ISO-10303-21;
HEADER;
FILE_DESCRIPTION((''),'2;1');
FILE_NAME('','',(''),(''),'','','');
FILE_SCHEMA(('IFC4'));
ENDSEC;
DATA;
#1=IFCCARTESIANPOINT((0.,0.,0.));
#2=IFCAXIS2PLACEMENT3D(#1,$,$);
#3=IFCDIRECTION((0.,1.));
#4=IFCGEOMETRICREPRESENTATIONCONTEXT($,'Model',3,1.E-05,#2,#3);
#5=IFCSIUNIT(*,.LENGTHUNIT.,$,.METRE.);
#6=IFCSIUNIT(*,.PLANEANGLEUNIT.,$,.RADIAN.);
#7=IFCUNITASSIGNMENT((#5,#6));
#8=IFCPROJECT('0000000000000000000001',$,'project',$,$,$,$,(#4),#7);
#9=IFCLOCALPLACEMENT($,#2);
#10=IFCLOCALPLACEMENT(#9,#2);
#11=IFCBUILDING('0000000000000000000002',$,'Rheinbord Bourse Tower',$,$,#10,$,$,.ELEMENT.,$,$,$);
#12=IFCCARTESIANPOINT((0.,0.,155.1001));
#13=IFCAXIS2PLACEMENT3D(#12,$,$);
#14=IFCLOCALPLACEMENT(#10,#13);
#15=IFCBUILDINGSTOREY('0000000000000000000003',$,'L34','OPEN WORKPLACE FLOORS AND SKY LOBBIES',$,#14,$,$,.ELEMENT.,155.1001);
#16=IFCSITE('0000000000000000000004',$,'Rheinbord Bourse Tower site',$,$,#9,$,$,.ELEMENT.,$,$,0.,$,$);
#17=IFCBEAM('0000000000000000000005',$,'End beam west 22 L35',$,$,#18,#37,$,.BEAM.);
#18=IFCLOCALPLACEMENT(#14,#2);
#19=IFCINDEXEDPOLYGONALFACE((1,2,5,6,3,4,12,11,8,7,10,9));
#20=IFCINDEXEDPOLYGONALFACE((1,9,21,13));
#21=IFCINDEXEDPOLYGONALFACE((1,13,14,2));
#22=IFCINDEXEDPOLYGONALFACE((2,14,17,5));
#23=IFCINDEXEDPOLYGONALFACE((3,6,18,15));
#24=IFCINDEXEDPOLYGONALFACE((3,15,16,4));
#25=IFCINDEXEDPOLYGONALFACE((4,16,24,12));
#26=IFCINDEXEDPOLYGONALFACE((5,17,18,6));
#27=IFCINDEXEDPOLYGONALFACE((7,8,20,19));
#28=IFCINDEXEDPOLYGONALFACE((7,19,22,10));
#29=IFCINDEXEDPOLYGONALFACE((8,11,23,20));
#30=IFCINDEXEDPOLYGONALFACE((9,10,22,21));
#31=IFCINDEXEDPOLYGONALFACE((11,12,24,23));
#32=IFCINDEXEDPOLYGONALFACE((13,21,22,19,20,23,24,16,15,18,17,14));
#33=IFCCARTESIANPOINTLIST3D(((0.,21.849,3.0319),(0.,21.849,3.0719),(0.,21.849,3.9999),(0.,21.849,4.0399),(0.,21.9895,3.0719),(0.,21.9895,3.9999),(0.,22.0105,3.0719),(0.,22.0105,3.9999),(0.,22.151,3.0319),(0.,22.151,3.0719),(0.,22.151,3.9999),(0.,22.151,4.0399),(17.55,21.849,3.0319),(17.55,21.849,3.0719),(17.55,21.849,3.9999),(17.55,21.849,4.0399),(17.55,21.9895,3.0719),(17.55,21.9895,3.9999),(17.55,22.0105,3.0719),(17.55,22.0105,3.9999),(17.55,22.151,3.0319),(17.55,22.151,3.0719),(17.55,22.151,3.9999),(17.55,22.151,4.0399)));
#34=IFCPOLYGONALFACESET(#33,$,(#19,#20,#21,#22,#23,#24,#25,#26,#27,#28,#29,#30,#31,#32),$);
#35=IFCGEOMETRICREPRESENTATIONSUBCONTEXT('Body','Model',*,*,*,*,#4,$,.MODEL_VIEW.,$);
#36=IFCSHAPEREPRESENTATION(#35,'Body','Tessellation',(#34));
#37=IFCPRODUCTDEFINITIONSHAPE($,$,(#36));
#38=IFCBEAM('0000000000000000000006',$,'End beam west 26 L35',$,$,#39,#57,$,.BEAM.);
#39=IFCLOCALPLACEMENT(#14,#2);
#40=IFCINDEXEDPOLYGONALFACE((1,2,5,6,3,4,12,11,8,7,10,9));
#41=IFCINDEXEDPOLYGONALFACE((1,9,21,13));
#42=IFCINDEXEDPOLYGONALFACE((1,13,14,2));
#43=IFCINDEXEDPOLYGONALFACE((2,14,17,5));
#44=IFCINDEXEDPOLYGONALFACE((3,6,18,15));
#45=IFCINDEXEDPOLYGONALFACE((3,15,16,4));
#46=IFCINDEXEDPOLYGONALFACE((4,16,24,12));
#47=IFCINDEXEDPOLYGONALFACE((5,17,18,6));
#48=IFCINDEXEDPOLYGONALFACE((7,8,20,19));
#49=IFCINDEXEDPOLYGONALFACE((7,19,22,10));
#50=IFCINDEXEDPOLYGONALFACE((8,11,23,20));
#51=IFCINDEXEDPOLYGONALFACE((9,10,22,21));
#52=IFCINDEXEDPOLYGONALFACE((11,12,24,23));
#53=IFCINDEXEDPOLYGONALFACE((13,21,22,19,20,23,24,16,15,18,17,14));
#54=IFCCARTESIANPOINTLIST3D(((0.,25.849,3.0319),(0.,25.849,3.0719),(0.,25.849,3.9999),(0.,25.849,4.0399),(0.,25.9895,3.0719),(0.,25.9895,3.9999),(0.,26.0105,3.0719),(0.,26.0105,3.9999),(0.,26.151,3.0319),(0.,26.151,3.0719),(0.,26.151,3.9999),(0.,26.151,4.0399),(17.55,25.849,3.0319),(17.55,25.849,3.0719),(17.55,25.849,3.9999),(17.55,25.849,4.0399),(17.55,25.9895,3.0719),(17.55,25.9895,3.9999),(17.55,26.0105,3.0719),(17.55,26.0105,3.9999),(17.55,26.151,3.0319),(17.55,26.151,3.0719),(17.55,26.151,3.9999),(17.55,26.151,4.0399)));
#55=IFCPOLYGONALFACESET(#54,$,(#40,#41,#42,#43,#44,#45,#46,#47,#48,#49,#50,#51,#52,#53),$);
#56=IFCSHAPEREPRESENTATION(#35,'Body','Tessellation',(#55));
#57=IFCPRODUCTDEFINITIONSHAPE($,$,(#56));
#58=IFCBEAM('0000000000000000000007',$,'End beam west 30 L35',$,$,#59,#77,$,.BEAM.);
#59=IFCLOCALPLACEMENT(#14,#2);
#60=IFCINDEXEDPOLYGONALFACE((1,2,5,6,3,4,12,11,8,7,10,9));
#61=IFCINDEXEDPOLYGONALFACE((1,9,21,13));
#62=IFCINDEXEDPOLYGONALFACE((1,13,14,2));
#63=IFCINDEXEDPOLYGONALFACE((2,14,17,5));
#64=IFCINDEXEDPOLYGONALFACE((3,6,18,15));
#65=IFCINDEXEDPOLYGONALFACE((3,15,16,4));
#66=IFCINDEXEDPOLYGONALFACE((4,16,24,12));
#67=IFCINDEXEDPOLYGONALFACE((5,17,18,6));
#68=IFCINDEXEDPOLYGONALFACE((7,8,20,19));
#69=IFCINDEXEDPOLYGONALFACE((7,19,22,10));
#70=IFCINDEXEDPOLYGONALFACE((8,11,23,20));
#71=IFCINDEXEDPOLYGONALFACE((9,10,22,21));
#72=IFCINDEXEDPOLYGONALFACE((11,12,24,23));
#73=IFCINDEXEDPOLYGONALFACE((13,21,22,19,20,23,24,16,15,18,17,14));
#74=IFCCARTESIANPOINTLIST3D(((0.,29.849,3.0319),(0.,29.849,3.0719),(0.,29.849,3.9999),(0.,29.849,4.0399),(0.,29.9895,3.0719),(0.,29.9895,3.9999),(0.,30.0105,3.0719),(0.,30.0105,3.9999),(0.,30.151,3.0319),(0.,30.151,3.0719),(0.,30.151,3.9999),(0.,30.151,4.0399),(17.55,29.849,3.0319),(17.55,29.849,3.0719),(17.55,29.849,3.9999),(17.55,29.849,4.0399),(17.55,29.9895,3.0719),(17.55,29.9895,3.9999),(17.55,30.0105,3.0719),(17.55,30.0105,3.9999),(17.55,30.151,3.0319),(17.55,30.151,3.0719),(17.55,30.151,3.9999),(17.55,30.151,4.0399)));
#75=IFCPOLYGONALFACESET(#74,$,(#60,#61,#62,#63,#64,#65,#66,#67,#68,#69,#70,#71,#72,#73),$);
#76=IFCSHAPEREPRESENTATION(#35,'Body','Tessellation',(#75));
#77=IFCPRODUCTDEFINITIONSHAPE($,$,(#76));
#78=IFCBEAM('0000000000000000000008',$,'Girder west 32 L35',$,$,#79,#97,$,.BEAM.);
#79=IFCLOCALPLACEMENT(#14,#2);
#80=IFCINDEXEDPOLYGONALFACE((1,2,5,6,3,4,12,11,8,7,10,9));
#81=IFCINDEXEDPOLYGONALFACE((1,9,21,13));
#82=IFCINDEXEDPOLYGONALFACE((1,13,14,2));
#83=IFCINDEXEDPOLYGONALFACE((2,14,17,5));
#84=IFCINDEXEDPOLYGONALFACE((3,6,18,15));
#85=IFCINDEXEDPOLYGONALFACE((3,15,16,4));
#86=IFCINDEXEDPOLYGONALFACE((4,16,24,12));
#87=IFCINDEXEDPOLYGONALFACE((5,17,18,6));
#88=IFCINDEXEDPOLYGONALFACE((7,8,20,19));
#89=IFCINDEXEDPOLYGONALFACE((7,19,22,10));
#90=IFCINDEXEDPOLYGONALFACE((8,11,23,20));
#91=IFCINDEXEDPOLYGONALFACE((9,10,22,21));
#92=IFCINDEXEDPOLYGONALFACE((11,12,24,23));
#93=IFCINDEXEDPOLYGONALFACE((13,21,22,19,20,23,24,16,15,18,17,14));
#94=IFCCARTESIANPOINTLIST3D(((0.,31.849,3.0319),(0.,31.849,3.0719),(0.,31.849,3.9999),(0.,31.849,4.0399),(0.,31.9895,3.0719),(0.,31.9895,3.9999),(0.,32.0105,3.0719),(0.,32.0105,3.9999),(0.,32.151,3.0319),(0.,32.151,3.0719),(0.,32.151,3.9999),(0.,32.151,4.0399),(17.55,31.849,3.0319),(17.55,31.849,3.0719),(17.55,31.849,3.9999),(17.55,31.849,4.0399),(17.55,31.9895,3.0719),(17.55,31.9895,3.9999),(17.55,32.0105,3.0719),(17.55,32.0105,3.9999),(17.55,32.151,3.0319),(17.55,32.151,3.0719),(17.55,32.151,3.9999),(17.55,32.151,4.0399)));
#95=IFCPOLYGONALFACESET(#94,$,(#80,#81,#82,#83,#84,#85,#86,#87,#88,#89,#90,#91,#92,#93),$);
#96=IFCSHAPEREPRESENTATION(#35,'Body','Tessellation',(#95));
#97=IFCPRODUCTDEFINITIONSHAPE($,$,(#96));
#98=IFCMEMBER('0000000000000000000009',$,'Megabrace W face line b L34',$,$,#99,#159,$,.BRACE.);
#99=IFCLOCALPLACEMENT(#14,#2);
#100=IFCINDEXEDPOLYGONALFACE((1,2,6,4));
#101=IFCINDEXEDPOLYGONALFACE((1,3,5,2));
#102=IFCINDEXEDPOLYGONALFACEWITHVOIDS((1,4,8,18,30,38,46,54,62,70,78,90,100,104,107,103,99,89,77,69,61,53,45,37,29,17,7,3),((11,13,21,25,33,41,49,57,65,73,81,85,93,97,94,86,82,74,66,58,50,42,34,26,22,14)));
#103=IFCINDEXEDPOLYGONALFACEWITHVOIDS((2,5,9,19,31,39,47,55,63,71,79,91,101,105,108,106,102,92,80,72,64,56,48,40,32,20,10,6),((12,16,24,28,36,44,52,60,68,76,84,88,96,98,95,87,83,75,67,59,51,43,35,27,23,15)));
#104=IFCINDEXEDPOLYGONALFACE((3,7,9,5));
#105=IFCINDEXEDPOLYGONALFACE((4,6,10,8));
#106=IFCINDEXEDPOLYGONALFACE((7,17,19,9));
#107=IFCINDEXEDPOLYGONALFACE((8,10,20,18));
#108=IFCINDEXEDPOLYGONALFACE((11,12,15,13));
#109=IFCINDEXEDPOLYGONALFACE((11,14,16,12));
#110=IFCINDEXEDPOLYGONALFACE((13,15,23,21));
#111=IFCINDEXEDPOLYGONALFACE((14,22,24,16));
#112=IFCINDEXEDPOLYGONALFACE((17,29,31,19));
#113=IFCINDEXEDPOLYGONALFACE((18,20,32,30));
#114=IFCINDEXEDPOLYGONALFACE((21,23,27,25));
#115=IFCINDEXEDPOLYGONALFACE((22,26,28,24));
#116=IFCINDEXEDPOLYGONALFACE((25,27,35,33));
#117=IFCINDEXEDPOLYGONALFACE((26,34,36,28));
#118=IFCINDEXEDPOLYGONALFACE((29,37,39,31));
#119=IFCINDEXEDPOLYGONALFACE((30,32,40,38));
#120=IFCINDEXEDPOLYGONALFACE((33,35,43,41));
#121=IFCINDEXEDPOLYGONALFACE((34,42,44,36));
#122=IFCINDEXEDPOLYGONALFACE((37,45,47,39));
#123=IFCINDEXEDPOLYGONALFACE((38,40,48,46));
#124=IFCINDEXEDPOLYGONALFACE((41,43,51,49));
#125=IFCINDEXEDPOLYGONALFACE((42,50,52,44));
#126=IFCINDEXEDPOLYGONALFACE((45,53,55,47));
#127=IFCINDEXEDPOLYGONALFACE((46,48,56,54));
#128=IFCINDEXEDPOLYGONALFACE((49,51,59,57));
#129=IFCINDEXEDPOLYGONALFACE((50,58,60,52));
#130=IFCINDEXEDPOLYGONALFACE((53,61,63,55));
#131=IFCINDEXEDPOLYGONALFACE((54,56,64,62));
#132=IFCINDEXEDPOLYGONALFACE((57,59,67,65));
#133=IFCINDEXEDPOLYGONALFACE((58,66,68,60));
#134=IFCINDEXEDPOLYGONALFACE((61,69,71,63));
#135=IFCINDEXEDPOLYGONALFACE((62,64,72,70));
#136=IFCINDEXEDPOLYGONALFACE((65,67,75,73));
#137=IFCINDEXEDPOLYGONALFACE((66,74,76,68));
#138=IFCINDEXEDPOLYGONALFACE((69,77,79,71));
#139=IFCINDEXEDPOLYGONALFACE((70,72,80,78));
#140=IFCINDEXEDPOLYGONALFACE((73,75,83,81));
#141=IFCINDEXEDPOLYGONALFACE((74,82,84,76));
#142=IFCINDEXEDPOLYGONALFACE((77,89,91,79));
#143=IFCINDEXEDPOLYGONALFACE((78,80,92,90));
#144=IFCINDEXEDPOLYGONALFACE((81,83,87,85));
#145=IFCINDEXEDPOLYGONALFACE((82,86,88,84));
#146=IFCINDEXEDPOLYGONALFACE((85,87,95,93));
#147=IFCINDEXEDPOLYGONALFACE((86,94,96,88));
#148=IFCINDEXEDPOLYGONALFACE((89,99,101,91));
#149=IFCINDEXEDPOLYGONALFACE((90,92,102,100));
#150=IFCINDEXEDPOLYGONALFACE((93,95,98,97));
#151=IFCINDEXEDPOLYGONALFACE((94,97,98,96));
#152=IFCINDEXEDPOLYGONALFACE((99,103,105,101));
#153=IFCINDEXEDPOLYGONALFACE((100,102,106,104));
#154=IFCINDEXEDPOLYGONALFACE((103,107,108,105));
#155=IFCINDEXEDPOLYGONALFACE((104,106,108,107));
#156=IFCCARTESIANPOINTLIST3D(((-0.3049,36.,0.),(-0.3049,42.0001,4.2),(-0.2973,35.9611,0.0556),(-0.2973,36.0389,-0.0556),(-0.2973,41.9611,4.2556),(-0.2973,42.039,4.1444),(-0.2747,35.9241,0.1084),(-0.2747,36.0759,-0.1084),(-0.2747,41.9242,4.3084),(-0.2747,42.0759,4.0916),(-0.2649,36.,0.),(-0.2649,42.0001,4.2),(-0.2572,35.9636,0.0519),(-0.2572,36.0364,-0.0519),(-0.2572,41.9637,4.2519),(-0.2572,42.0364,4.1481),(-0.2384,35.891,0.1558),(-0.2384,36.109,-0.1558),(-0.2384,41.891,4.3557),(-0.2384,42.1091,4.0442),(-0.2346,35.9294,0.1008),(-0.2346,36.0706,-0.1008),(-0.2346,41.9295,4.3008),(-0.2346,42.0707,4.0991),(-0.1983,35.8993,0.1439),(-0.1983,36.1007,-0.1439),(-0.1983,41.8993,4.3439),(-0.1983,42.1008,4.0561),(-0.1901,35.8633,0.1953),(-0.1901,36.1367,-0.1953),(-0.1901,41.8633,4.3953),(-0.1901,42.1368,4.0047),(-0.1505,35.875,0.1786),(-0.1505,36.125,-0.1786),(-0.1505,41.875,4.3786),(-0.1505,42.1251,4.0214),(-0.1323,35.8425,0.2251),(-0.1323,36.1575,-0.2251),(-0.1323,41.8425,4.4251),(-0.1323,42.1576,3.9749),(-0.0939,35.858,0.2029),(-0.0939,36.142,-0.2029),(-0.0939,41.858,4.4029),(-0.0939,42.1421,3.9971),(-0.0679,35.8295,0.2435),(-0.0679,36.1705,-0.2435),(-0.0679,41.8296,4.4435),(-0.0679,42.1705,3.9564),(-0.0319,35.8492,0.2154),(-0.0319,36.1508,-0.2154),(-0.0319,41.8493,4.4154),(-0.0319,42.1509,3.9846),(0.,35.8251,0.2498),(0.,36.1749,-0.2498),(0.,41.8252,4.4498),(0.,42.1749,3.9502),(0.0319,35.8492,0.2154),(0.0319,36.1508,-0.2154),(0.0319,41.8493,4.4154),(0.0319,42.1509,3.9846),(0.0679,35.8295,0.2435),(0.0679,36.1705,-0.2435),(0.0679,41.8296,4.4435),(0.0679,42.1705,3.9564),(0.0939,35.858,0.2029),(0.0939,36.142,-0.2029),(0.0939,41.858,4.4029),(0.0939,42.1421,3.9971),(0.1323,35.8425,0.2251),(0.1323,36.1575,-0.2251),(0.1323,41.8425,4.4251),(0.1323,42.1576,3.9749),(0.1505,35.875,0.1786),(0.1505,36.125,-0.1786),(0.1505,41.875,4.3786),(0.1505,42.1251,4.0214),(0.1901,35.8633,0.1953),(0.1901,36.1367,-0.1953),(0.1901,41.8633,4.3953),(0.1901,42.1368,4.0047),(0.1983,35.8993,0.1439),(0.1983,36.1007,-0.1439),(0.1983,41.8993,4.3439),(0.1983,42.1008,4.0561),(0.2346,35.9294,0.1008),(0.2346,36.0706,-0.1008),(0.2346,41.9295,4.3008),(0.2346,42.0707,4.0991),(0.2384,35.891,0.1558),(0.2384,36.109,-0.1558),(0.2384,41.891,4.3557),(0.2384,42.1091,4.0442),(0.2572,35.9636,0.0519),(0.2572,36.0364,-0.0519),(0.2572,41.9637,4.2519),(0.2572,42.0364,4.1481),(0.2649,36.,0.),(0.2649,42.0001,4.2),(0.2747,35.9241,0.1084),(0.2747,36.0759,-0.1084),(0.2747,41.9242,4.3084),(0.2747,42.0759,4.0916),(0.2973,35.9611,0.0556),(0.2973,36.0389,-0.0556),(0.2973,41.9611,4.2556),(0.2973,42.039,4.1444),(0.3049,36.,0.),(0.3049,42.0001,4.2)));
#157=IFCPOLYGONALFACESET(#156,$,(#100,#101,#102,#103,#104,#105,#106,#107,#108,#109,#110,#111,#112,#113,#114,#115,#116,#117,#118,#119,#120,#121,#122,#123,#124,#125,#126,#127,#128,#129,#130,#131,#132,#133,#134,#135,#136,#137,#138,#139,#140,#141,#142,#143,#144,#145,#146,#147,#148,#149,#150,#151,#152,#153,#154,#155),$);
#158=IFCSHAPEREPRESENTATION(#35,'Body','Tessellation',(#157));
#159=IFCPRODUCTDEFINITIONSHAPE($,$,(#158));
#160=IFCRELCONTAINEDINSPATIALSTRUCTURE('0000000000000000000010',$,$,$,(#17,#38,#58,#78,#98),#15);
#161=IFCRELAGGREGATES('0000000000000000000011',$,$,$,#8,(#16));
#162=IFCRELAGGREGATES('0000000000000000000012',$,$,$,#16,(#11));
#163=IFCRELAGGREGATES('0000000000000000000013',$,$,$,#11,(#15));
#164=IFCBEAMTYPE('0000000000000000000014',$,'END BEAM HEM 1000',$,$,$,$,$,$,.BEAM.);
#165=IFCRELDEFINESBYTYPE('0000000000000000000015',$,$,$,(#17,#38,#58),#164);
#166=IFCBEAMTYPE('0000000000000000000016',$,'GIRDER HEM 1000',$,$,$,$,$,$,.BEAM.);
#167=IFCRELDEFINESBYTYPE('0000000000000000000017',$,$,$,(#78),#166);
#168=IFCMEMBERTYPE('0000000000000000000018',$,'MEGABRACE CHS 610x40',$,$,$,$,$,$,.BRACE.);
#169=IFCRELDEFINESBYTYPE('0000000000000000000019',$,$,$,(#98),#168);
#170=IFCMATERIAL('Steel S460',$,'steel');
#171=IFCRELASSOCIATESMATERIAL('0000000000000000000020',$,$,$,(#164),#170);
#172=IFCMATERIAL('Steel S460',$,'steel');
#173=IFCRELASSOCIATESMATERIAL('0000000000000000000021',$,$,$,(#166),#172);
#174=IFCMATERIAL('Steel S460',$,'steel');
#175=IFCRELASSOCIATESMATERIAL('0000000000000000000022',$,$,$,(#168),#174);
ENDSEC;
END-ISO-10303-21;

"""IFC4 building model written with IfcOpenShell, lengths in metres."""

from ifc_helpers import new_model, si_unit, direction, frame, origin, origin_2d, place, context, subcontext, project, spatial, hollow_circle, i_section, extrude, material, material_profile, profile_set, type_object, element, save


model = new_model("IFC4")

# Units and contexts
model_context = context("Model", 3, precision=1e-05, world=origin(), true_north=direction((0.0, 1.0)))
body_context = subcontext(model_context, "Body", "Model", "MODEL_VIEW")
ifc_project = project(units=[si_unit("LENGTHUNIT", "METRE"), si_unit("PLANEANGLEUNIT", "RADIAN")], contexts=[model_context])

# Site, building, storey
site_placement = place(None, origin())
site = spatial("IfcSite", under=ifc_project, at=site_placement, Name="Rheinbord Bourse Tower site", CompositionType="ELEMENT", RefElevation=0.0)
building_placement = place(site_placement, origin())
building = spatial("IfcBuilding", under=site, at=building_placement, Name="Rheinbord Bourse Tower", CompositionType="ELEMENT")
storey_placement = place(building_placement, frame((0.0, 0.0, 155.1001)))
storey = spatial("IfcBuildingStorey", under=building, at=storey_placement, Name="L34", Description="OPEN WORKPLACE FLOORS AND SKY LOBBIES", CompositionType="ELEMENT", Elevation=155.1001)

# Beams
ifc_material_1 = material(Name="Steel S460", Category="steel")
ifc_material_profile_1 = material_profile(ifc_material_1, i_section(OverallWidth=0.302, OverallDepth=1.0081, WebThickness=0.021, FlangeThickness=0.04, at=origin_2d()), Name="HEM 1000")
ifc_profile_set_1 = profile_set([ifc_material_profile_1], Name="Steel S460")
beam_type_1 = type_object("IfcBeamType", Name="END BEAM HEM 1000", PredefinedType="BEAM", material=ifc_profile_set_1)
for number, where, z_axis, x_axis, name in (
    (1, (0.0, 22.0, 3.5359), (1.0, 0.0, 0.0), (0.0, 1.0, 0.0), "End beam west 22 L35"),
    (2, (0.0, 26.0, 3.5359), (1.0, 0.0, 0.0), (0.0, 1.0, 0.0), "End beam west 26 L35"),
    (3, (0.0, 30.0, 3.5359), (1.0, 0.0, 0.0), (0.0, 1.0, 0.0), "End beam west 30 L35"),
):
    element("IfcBeam", number, at=place(storey_placement, frame(where, z_axis=z_axis, x_axis=x_axis)), inside=storey, type_object=beam_type_1, Name=name, PredefinedType="BEAM", context=body_context, shape_type="SweptSolid", body=[
        extrude(i_section(OverallWidth=0.302, OverallDepth=1.0081, WebThickness=0.021, FlangeThickness=0.04, at=origin_2d()), origin(), (0.0, 0.0, 1.0), 17.55),
    ])
ifc_material_2 = material(Name="Steel S460", Category="steel")
ifc_material_profile_2 = material_profile(ifc_material_2, i_section(OverallWidth=0.302, OverallDepth=1.0081, WebThickness=0.021, FlangeThickness=0.04, at=origin_2d()), Name="HEM 1000")
ifc_profile_set_2 = profile_set([ifc_material_profile_2], Name="Steel S460")
beam_type_2 = type_object("IfcBeamType", Name="GIRDER HEM 1000", PredefinedType="BEAM", material=ifc_profile_set_2)
beam_1_placement = place(storey_placement, frame((0.0, 32.0, 3.5359), z_axis=(1.0, 0.0, 0.0), x_axis=(0.0, 1.0, 0.0)))
element("IfcBeam", 4, at=beam_1_placement, inside=storey, type_object=beam_type_2, Name="Girder west 32 L35", PredefinedType="BEAM", context=body_context, shape_type="SweptSolid", body=[
    extrude(i_section(OverallWidth=0.302, OverallDepth=1.0081, WebThickness=0.021, FlangeThickness=0.04, at=origin_2d()), origin(), (0.0, 0.0, 1.0), 17.55),
])

# Member
ifc_material_3 = material(Name="Steel S460", Category="steel")
ifc_material_profile_3 = material_profile(ifc_material_3, hollow_circle(Radius=0.3049, WallThickness=0.04, at=origin_2d()), Name="CHS 610x40")
ifc_profile_set_3 = profile_set([ifc_material_profile_3], Name="Steel S460")
member_type_1 = type_object("IfcMemberType", Name="MEGABRACE CHS 610x40", PredefinedType="BRACE", material=ifc_profile_set_3)
member_1_placement = place(storey_placement, frame((0.0, 36.0, 0.0), z_axis=(0.0, 0.819235, 0.573458), x_axis=(-1.0, 0.0, 0.0)))
element("IfcMember", 5, at=member_1_placement, inside=storey, type_object=member_type_1, Name="Megabrace W face line b L34", PredefinedType="BRACE", context=body_context, shape_type="SweptSolid", body=[
    extrude(hollow_circle(Radius=0.3049, WallThickness=0.04, at=origin_2d()), origin(), (0.0, 0.0, 1.0), 7.324),
])

save(model, "model.ifc")
